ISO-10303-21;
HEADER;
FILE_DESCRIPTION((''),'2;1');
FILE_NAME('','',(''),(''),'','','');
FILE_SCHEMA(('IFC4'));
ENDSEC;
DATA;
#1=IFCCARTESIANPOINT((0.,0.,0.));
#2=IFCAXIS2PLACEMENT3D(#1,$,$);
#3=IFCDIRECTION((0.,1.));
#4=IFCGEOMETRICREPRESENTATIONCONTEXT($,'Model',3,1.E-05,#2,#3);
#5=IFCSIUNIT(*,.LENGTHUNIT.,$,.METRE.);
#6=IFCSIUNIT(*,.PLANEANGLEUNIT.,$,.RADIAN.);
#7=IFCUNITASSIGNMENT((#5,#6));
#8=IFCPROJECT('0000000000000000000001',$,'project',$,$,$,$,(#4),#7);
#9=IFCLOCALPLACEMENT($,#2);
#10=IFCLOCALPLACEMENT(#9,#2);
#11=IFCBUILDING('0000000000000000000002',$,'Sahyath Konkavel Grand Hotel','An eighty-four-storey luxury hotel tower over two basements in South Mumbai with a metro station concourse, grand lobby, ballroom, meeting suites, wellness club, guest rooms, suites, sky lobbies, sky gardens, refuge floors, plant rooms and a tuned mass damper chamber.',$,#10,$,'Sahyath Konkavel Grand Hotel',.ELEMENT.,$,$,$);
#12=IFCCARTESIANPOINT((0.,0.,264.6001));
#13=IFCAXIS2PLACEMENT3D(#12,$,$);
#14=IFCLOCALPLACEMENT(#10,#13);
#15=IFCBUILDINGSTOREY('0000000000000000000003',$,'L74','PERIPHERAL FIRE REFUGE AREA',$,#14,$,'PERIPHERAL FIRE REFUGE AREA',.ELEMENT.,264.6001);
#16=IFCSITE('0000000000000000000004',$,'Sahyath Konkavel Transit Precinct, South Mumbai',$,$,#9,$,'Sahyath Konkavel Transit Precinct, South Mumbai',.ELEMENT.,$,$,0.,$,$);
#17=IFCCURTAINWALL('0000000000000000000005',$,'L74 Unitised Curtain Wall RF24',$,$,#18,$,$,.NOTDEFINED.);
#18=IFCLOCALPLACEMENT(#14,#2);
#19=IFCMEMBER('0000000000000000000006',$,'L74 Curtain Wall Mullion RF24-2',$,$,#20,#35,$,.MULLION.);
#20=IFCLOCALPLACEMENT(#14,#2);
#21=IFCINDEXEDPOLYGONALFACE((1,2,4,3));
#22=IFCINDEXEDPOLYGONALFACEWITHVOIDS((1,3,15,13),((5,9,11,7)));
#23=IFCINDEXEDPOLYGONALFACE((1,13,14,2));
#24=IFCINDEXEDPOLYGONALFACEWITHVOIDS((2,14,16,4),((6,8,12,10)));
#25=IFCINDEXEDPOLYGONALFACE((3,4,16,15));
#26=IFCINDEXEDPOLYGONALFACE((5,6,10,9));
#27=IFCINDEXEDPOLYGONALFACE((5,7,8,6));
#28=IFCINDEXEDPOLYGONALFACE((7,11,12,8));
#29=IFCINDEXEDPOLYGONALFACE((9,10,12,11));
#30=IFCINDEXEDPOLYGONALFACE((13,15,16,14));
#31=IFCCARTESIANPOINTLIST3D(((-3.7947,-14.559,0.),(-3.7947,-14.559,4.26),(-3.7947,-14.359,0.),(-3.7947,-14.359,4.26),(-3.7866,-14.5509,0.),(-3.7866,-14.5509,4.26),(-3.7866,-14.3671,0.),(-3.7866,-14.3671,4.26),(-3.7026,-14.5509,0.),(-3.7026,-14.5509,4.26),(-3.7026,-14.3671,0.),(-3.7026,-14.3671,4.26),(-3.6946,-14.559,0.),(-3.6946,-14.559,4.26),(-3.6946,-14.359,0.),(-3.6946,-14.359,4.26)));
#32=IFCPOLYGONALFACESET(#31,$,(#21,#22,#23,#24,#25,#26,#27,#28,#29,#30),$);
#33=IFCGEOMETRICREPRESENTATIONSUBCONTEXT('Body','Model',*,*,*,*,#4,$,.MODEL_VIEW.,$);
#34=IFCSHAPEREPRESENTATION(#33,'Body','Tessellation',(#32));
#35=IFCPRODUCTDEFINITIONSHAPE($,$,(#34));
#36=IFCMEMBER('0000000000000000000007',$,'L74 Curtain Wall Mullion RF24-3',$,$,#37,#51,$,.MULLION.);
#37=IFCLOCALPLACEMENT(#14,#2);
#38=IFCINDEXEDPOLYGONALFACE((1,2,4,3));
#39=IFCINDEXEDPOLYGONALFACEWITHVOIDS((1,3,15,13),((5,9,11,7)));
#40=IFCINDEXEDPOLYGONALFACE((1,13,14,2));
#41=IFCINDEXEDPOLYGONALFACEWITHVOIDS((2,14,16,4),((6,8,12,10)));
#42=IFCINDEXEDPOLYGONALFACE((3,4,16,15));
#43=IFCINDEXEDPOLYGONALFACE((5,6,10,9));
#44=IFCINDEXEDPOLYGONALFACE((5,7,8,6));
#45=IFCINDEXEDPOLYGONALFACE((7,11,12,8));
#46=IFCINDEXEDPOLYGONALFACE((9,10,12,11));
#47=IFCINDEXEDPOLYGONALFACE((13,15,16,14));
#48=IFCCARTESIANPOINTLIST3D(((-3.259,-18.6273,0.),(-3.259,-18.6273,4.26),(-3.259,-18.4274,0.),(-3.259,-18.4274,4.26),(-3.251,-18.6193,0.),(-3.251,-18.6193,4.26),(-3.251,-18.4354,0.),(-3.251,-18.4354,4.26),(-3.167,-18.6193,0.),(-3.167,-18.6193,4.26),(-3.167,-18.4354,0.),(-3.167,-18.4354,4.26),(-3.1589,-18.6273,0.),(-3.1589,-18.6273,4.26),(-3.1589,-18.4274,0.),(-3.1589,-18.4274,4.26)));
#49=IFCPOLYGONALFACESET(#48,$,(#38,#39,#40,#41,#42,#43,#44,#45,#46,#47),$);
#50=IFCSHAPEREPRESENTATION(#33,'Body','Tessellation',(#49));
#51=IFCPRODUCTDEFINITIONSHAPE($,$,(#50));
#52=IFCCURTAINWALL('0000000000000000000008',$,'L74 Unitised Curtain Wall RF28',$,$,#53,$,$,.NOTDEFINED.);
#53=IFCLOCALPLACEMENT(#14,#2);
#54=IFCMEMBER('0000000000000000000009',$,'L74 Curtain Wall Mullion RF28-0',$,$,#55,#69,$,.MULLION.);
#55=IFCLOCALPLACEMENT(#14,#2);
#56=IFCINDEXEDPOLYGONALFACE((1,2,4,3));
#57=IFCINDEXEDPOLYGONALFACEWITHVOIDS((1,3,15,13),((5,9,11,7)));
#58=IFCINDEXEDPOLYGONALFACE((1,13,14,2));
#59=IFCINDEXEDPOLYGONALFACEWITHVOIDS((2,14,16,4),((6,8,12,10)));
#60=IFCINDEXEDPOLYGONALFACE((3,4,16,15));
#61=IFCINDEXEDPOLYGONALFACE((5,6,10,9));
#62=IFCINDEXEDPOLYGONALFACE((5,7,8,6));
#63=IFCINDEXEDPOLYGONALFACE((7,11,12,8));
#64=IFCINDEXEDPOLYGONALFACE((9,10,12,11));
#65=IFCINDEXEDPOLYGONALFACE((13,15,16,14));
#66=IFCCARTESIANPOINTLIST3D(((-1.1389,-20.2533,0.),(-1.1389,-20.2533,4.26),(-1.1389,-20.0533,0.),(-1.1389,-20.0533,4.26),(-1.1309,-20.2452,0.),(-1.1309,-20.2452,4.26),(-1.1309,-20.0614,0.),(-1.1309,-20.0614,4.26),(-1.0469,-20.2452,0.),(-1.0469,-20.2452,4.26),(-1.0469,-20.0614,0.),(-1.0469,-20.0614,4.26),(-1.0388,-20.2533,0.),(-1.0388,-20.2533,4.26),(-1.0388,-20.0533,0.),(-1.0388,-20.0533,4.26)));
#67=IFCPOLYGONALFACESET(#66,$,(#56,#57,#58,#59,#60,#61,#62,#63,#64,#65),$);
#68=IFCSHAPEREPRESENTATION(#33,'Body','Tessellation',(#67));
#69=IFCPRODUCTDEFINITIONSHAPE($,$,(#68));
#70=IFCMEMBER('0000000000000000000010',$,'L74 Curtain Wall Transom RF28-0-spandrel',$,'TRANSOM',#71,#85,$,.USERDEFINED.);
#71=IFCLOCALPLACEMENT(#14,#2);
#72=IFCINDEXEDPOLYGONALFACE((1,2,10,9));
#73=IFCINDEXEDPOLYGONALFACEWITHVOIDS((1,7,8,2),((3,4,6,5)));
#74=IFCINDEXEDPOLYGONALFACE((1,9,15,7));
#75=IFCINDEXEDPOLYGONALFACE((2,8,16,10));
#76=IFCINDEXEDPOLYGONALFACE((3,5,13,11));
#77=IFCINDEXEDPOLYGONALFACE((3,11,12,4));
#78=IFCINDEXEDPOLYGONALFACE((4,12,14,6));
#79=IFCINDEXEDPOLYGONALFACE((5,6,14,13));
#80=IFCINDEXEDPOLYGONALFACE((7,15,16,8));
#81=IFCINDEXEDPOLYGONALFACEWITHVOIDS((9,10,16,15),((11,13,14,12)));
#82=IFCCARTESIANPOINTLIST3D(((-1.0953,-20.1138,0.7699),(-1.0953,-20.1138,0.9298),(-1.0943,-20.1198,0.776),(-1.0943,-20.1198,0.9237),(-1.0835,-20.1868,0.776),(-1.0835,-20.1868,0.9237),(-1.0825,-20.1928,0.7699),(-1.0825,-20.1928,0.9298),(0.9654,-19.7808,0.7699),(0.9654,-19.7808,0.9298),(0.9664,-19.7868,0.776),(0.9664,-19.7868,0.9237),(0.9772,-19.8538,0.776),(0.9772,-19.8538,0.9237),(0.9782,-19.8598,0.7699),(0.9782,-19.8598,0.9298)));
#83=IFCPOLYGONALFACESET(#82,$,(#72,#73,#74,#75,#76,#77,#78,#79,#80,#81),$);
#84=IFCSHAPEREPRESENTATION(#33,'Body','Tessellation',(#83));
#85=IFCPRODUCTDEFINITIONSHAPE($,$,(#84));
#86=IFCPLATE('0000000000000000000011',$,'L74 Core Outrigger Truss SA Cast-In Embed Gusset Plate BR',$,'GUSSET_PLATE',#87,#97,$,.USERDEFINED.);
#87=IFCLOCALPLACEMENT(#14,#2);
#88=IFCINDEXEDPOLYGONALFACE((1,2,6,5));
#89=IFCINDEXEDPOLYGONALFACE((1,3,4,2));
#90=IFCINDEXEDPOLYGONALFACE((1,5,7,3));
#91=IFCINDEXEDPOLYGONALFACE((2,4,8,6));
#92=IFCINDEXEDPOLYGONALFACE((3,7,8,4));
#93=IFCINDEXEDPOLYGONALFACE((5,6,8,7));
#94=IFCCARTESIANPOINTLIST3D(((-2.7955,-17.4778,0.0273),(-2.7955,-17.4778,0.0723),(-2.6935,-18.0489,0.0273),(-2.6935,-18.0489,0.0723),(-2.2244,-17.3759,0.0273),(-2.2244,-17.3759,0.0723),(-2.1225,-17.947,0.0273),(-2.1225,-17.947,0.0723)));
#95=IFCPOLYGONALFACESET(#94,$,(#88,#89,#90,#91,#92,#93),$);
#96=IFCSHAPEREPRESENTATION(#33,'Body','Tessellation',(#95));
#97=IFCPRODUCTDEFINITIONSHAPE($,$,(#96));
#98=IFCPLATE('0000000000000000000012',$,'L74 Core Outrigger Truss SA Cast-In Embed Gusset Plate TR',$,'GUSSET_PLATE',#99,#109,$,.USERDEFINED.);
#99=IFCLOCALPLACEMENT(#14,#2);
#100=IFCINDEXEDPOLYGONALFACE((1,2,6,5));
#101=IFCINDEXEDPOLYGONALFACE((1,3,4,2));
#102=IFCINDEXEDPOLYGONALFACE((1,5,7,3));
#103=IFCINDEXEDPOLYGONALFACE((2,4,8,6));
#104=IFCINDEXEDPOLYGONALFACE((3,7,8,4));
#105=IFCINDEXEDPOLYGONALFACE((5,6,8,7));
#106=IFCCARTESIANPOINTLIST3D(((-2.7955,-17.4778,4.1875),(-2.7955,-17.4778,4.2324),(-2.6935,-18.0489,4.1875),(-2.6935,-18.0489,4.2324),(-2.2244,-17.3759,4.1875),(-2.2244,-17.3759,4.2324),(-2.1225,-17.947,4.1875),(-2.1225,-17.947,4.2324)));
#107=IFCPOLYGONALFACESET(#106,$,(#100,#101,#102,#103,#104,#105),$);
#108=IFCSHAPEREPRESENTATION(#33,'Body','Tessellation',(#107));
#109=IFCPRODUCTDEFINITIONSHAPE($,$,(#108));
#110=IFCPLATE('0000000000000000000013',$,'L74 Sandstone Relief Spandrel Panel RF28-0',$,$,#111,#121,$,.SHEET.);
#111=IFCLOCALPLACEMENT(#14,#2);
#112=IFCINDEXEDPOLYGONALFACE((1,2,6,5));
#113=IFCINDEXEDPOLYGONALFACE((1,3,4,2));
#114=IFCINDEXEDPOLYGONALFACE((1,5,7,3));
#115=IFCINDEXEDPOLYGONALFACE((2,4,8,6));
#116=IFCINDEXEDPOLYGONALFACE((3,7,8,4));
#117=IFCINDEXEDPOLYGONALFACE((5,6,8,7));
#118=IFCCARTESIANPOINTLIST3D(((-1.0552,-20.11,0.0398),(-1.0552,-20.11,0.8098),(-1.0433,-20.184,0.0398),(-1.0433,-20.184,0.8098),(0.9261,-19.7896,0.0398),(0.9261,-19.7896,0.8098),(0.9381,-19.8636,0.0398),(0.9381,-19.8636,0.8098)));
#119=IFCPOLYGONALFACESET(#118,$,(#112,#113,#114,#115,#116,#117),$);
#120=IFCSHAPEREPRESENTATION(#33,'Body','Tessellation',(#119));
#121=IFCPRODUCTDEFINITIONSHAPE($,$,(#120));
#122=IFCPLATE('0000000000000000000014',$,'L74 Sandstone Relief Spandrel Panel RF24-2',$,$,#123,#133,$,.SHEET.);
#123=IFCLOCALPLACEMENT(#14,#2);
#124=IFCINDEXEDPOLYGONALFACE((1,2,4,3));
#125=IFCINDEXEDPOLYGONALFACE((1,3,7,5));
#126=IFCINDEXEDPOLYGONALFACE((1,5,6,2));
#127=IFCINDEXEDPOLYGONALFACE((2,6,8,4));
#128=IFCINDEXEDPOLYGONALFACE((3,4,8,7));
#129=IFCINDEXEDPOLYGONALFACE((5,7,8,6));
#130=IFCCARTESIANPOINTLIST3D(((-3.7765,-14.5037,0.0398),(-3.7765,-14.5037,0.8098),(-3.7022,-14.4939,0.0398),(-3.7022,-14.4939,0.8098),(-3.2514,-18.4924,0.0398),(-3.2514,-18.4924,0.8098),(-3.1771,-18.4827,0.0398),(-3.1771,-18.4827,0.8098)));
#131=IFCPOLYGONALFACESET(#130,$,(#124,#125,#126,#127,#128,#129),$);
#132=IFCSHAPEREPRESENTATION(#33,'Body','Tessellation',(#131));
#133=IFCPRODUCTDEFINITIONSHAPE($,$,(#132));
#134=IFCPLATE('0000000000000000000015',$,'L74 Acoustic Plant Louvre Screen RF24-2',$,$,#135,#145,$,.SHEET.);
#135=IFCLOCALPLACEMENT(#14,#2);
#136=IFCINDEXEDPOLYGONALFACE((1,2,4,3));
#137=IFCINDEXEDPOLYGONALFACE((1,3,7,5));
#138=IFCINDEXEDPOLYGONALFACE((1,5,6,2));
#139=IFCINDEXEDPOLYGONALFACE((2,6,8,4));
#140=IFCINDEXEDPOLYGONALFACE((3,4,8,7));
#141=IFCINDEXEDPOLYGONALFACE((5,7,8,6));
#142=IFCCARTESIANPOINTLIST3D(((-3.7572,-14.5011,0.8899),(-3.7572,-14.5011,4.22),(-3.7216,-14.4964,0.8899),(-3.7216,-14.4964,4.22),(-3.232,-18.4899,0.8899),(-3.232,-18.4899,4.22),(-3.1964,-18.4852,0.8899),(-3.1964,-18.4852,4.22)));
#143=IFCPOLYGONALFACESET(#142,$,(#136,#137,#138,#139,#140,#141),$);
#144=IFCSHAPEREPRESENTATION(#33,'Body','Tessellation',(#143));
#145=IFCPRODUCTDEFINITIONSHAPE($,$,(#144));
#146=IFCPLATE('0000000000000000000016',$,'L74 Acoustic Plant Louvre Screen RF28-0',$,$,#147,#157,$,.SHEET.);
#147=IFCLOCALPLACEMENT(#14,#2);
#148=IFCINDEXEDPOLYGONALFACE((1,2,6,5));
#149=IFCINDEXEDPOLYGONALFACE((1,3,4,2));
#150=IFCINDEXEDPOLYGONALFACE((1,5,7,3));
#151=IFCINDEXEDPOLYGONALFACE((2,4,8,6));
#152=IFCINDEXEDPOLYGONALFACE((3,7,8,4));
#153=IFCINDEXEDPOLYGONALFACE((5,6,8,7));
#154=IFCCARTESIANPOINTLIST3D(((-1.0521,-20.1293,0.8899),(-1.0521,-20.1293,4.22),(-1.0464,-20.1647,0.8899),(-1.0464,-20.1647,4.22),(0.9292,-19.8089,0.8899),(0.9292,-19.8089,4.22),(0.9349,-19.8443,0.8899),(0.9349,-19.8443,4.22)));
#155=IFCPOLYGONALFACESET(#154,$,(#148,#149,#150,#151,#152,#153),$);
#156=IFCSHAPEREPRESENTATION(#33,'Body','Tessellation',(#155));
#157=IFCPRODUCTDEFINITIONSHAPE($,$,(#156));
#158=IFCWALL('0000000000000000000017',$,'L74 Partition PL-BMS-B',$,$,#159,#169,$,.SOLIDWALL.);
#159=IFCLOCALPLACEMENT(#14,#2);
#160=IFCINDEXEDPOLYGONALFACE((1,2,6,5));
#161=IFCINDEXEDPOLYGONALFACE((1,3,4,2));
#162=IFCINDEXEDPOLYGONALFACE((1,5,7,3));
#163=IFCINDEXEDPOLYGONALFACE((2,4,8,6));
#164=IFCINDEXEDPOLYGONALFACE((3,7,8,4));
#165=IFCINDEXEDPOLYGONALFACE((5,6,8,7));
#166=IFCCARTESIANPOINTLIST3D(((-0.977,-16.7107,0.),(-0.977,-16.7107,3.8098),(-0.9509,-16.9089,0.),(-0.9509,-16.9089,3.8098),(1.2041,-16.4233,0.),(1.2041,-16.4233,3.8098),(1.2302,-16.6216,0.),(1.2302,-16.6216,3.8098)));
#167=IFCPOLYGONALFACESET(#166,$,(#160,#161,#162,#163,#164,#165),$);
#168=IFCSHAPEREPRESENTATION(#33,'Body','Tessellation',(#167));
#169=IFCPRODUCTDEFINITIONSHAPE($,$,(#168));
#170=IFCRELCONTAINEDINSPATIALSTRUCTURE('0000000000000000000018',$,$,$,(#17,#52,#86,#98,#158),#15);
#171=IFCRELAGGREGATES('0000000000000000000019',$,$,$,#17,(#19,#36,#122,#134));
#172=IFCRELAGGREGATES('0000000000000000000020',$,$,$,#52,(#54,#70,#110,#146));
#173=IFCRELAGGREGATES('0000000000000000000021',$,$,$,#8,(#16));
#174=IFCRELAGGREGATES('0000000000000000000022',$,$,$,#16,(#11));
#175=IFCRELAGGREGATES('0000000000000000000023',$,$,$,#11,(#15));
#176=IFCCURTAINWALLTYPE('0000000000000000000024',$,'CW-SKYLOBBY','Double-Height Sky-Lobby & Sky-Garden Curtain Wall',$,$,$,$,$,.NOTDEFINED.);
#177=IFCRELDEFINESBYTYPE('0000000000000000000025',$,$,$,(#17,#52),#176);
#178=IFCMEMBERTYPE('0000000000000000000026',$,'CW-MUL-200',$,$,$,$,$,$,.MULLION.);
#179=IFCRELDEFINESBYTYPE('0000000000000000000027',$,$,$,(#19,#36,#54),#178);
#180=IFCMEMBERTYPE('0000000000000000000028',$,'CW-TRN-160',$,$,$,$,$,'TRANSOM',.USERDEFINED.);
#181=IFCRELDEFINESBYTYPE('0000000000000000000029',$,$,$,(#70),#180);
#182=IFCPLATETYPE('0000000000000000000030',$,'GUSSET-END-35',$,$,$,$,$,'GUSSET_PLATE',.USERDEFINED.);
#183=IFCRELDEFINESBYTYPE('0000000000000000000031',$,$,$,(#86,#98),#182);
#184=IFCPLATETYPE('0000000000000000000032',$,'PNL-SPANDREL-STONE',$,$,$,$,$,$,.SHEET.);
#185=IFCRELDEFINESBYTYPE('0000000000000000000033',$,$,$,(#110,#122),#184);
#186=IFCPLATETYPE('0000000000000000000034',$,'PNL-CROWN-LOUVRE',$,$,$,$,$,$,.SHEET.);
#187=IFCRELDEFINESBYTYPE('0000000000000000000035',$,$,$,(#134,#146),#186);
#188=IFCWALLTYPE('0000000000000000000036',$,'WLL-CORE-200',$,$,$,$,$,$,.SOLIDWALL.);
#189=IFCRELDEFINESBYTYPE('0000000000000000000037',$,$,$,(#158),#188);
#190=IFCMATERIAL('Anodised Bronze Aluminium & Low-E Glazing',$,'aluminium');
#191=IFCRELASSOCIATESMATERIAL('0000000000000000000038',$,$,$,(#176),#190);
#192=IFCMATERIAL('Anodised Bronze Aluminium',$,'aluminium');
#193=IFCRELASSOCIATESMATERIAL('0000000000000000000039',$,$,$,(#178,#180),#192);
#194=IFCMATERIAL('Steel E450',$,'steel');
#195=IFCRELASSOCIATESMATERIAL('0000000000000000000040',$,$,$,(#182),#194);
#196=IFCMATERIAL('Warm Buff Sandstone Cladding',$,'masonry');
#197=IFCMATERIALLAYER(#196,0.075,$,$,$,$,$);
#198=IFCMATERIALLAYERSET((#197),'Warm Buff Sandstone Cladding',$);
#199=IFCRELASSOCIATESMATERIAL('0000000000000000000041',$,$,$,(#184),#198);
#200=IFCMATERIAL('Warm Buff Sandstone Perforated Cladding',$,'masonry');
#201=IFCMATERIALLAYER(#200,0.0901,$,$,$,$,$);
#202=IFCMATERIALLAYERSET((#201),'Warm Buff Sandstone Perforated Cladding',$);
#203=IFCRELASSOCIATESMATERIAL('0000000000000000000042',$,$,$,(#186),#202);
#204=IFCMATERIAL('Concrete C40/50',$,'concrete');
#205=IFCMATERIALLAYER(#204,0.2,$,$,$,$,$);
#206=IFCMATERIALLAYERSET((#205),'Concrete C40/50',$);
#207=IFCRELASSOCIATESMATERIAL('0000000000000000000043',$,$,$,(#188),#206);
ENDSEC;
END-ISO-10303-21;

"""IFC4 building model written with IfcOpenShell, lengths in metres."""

from ifc_helpers import new_model, si_unit, direction, frame, frame_2d, origin, origin_2d, place, context, subcontext, project, spatial, rectangle, hollow_rectangle, extrude, source, transform, mapped, material, layer, layer_set, material_profile, profile_set, type_object, element, aggregate, save


model = new_model("IFC4")

# Units and contexts
model_context = context("Model", 3, precision=1e-05, world=origin(), true_north=direction((0.0, 1.0)))
body_context = subcontext(model_context, "Body", "Model", "MODEL_VIEW")
ifc_project = project(units=[si_unit("LENGTHUNIT", "METRE"), si_unit("PLANEANGLEUNIT", "RADIAN")], contexts=[model_context])

# Site, building, storey
site_placement = place(None, origin())
site = spatial("IfcSite", under=ifc_project, at=site_placement, Name="Sahyath Konkavel Transit Precinct, South Mumbai", LongName="Sahyath Konkavel Transit Precinct, South Mumbai", CompositionType="ELEMENT", RefElevation=0.0)
building_placement = place(site_placement, origin())
building = spatial("IfcBuilding", under=site, at=building_placement, Name="Sahyath Konkavel Grand Hotel", Description="An eighty-four-storey luxury hotel tower over two basements in South Mumbai with a metro station concourse, grand lobby, ballroom, meeting suites, wellness club, guest rooms, suites, sky lobbies, sky gardens, refuge floors, plant rooms and a tuned mass damper chamber.", LongName="Sahyath Konkavel Grand Hotel", CompositionType="ELEMENT")
storey_placement = place(building_placement, frame((0.0, 0.0, 264.6001)))
storey = spatial("IfcBuildingStorey", under=building, at=storey_placement, Name="L74", Description="PERIPHERAL FIRE REFUGE AREA", LongName="PERIPHERAL FIRE REFUGE AREA", CompositionType="ELEMENT", Elevation=264.6001)

# Shared definitions
ifc_material_1 = material(Name="Concrete C40/50", Category="concrete")

# Shared definitions
ifc_material_2 = material(Name="Steel E450", Category="steel")

# Curtain walls, members
ifc_material_3 = material(Name="Anodised Bronze Aluminium & Low-E Glazing", Category="aluminium")
curtain_wall_type = type_object("IfcCurtainWallType", Name="CW-SKYLOBBY", Description="Double-Height Sky-Lobby & Sky-Garden Curtain Wall", PredefinedType="NOTDEFINED", material=ifc_material_3)
curtain_wall_1_placement = place(storey_placement, origin())
curtain_wall_1 = element("IfcCurtainWall", 1, at=curtain_wall_1_placement, inside=storey, type_object=curtain_wall_type, Name="L74 Unitised Curtain Wall RF24", PredefinedType="NOTDEFINED")
ifc_material_4 = material(Name="Anodised Bronze Aluminium", Category="aluminium")
ifc_material_profile_1 = material_profile(ifc_material_4, hollow_rectangle(XDim=0.1001, YDim=0.2, WallThickness=0.0081, at=origin_2d()), Name="RHS 200x100x8")
ifc_profile_set_1 = profile_set([ifc_material_profile_1], Name="Anodised Bronze Aluminium")
member_type_1 = type_object("IfcMemberType", Name="CW-MUL-200", PredefinedType="MULLION", material=ifc_profile_set_1)
shared_shape_1 = source(origin(), body_context, "Body", "SweptSolid", [
    extrude(hollow_rectangle(XDim=0.1001, YDim=0.2, WallThickness=0.0081, at=origin_2d()), origin(), (0.0, 0.0, 1.0), 4.26),
])
member_1_placement = place(storey_placement, frame((-3.7446, -14.459, 0.0), z_axis=(0.0, 0.0, 1.0), x_axis=(1.0, 0.0, 0.0)))
member_1 = element("IfcMember", 2, at=member_1_placement, type_object=member_type_1, Name="L74 Curtain Wall Mullion RF24-2", PredefinedType="MULLION", context=body_context, shape_type="MappedRepresentation", body=[
    mapped(shared_shape_1, transform((0.0, 0.0, 0.0), scale=1.0)),
])
member_2_placement = place(storey_placement, frame((-3.209, -18.5273, 0.0), z_axis=(0.0, 0.0, 1.0), x_axis=(1.0, 0.0, 0.0)))
member_2 = element("IfcMember", 3, at=member_2_placement, type_object=member_type_1, Name="L74 Curtain Wall Mullion RF24-3", PredefinedType="MULLION", context=body_context, shape_type="MappedRepresentation", body=[
    mapped(shared_shape_1, transform((0.0, 0.0, 0.0), scale=1.0)),
])
curtain_wall_2_placement = place(storey_placement, origin())
curtain_wall_2 = element("IfcCurtainWall", 4, at=curtain_wall_2_placement, inside=storey, type_object=curtain_wall_type, Name="L74 Unitised Curtain Wall RF28", PredefinedType="NOTDEFINED")
member_3_placement = place(storey_placement, frame((-1.0889, -20.1533, 0.0), z_axis=(0.0, 0.0, 1.0), x_axis=(1.0, 0.0, 0.0)))
member_3 = element("IfcMember", 5, at=member_3_placement, type_object=member_type_1, Name="L74 Curtain Wall Mullion RF28-0", PredefinedType="MULLION", context=body_context, shape_type="MappedRepresentation", body=[
    mapped(shared_shape_1, transform((0.0, 0.0, 0.0), scale=1.0)),
])
ifc_material_profile_2 = material_profile(ifc_material_4, hollow_rectangle(XDim=0.0801, YDim=0.1599, WallThickness=0.0061, at=origin_2d()), Name="RHS 160x80x6")
ifc_profile_set_2 = profile_set([ifc_material_profile_2], Name="Anodised Bronze Aluminium")
member_type_2 = type_object("IfcMemberType", Name="CW-TRN-160", ElementType="TRANSOM", PredefinedType="USERDEFINED", material=ifc_profile_set_2)
shared_shape_2 = source(origin(), body_context, "Body", "SweptSolid", [
    extrude(hollow_rectangle(XDim=0.0801, YDim=0.1599, WallThickness=0.0061, at=origin_2d()), origin(), (0.0, 0.0, 1.0), 2.0874),
])
member_4_placement = place(storey_placement, frame((-1.0889, -20.1533, 0.8499), z_axis=(0.987191, 0.159541, 0.0), x_axis=(-0.159541, 0.987191, 0.0)))
member_4 = element("IfcMember", 6, at=member_4_placement, type_object=member_type_2, Name="L74 Curtain Wall Transom RF28-0-spandrel", ObjectType="TRANSOM", PredefinedType="USERDEFINED", context=body_context, shape_type="MappedRepresentation", body=[
    mapped(shared_shape_2, transform((0.0, 0.0, 0.0), scale=1.0)),
])

# Plates
plate_type_1 = type_object("IfcPlateType", Name="GUSSET-END-35", ElementType="GUSSET_PLATE", PredefinedType="USERDEFINED", material=ifc_material_2)
shared_shape_3 = source(origin(), body_context, "Body", "SweptSolid", [
    extrude(rectangle(XDim=0.5801, YDim=0.5801, at=origin_2d()), origin(), (0.0, 0.0, 1.0), 0.0449),
])
for number, where, z_axis, x_axis, name in (
    (7, (-2.459, -17.7124, 0.0273), (0.0, 0.0, 1.0), (0.17571, -0.984442, 0.0), "L74 Core Outrigger Truss SA Cast-In Embed Gusset Plate BR"),
    (8, (-2.459, -17.7124, 4.1875), (0.0, 0.0, 1.0), (0.17571, -0.984442, 0.0), "L74 Core Outrigger Truss SA Cast-In Embed Gusset Plate TR"),
):
    element("IfcPlate", number, at=place(storey_placement, frame(where, z_axis=z_axis, x_axis=x_axis)), inside=storey, type_object=plate_type_1, Name=name, ObjectType="GUSSET_PLATE", PredefinedType="USERDEFINED", context=body_context, shape_type="MappedRepresentation", body=[
        mapped(shared_shape_3, transform((0.0, 0.0, 0.0), scale=1.0)),
    ])

# Plates
ifc_material_5 = material(Name="Warm Buff Sandstone Cladding", Category="masonry")
ifc_layer_1 = layer(ifc_material_5, 0.075)
ifc_layer_set_1 = layer_set([ifc_layer_1], Name="Warm Buff Sandstone Cladding")
plate_type_2 = type_object("IfcPlateType", Name="PNL-SPANDREL-STONE", PredefinedType="SHEET", material=ifc_layer_set_1)
shared_shape_4 = source(origin(), body_context, "Body", "SweptSolid", [
    extrude(rectangle(XDim=2.0071, YDim=0.075, at=origin_2d()), origin(), (0.0, 0.0, 1.0), 0.77),
])
plate_1_placement = place(storey_placement, frame((-0.0586, -19.9868, 0.0398), z_axis=(0.0, 0.0, 1.0), x_axis=(0.987178, 0.159623, 0.0)))
plate_1 = element("IfcPlate", 9, at=plate_1_placement, type_object=plate_type_2, Name="L74 Sandstone Relief Spandrel Panel RF28-0", PredefinedType="SHEET", context=body_context, shape_type="MappedRepresentation", body=[
    mapped(shared_shape_4, transform((0.0, 0.0, 0.0), scale=1.0)),
])
shared_shape_5 = source(origin(), body_context, "Body", "SweptSolid", [
    extrude(rectangle(XDim=4.0232, YDim=0.075, at=origin_2d()), origin(), (0.0, 0.0, 1.0), 0.77),
])
plate_2_placement = place(storey_placement, frame((-3.4768, -16.4932, 0.0398), z_axis=(0.0, 0.0, 1.0), x_axis=(0.130526, -0.991445, 0.0)))
plate_2 = element("IfcPlate", 10, at=plate_2_placement, type_object=plate_type_2, Name="L74 Sandstone Relief Spandrel Panel RF24-2", PredefinedType="SHEET", context=body_context, shape_type="MappedRepresentation", body=[
    mapped(shared_shape_5, transform((0.0, 0.0, 0.0), scale=1.0)),
])
ifc_material_6 = material(Name="Warm Buff Sandstone Perforated Cladding", Category="masonry")
ifc_layer_2 = layer(ifc_material_6, 0.0901)
ifc_layer_set_2 = layer_set([ifc_layer_2], Name="Warm Buff Sandstone Perforated Cladding")
plate_type_3 = type_object("IfcPlateType", Name="PNL-CROWN-LOUVRE", PredefinedType="SHEET", material=ifc_layer_set_2)
shared_shape_6 = source(origin(), body_context, "Body", "SweptSolid", [
    extrude(rectangle(XDim=4.0232, YDim=0.0359, at=origin_2d()), origin(), (0.0, 0.0, 1.0), 3.3301),
])
plate_3_placement = place(storey_placement, frame((-3.4768, -16.4932, 0.8899), z_axis=(0.0, 0.0, 1.0), x_axis=(0.130526, -0.991445, 0.0)))
plate_3 = element("IfcPlate", 11, at=plate_3_placement, type_object=plate_type_3, Name="L74 Acoustic Plant Louvre Screen RF24-2", PredefinedType="SHEET", context=body_context, shape_type="MappedRepresentation", body=[
    mapped(shared_shape_6, transform((0.0, 0.0, 0.0), scale=1.0)),
])
aggregate(curtain_wall_1, [member_1, member_2, plate_2, plate_3])
shared_shape_7 = source(origin(), body_context, "Body", "SweptSolid", [
    extrude(rectangle(XDim=2.0071, YDim=0.0359, at=origin_2d()), origin(), (0.0, 0.0, 1.0), 3.3301),
])
plate_4_placement = place(storey_placement, frame((-0.0586, -19.9868, 0.8899), z_axis=(0.0, 0.0, 1.0), x_axis=(0.987178, 0.159623, 0.0)))
plate_4 = element("IfcPlate", 12, at=plate_4_placement, type_object=plate_type_3, Name="L74 Acoustic Plant Louvre Screen RF28-0", PredefinedType="SHEET", context=body_context, shape_type="MappedRepresentation", body=[
    mapped(shared_shape_7, transform((0.0, 0.0, 0.0), scale=1.0)),
])
aggregate(curtain_wall_2, [member_3, member_4, plate_1, plate_4])

# Wall
ifc_layer_3 = layer(ifc_material_1, 0.2)
ifc_layer_set_3 = layer_set([ifc_layer_3], Name="Concrete C40/50")
wall_type = type_object("IfcWallType", Name="WLL-CORE-200", PredefinedType="SOLIDWALL", material=ifc_layer_set_3)
wall_placement = place(storey_placement, frame((-0.9641, -16.8098, 0.0), z_axis=(0.0, 0.0, 1.0), x_axis=(0.991433, 0.130615, 0.0)))
element("IfcWall", 13, at=wall_placement, inside=storey, type_object=wall_type, Name="L74 Partition PL-BMS-B", PredefinedType="SOLIDWALL", context=body_context, shape_type="SweptSolid", body=[
    extrude(rectangle(XDim=2.2, YDim=0.2, at=frame_2d((1.1001, 0.0))), origin(), (0.0, 0.0, 1.0), 3.8098),
])

save(model, "model.ifc")
